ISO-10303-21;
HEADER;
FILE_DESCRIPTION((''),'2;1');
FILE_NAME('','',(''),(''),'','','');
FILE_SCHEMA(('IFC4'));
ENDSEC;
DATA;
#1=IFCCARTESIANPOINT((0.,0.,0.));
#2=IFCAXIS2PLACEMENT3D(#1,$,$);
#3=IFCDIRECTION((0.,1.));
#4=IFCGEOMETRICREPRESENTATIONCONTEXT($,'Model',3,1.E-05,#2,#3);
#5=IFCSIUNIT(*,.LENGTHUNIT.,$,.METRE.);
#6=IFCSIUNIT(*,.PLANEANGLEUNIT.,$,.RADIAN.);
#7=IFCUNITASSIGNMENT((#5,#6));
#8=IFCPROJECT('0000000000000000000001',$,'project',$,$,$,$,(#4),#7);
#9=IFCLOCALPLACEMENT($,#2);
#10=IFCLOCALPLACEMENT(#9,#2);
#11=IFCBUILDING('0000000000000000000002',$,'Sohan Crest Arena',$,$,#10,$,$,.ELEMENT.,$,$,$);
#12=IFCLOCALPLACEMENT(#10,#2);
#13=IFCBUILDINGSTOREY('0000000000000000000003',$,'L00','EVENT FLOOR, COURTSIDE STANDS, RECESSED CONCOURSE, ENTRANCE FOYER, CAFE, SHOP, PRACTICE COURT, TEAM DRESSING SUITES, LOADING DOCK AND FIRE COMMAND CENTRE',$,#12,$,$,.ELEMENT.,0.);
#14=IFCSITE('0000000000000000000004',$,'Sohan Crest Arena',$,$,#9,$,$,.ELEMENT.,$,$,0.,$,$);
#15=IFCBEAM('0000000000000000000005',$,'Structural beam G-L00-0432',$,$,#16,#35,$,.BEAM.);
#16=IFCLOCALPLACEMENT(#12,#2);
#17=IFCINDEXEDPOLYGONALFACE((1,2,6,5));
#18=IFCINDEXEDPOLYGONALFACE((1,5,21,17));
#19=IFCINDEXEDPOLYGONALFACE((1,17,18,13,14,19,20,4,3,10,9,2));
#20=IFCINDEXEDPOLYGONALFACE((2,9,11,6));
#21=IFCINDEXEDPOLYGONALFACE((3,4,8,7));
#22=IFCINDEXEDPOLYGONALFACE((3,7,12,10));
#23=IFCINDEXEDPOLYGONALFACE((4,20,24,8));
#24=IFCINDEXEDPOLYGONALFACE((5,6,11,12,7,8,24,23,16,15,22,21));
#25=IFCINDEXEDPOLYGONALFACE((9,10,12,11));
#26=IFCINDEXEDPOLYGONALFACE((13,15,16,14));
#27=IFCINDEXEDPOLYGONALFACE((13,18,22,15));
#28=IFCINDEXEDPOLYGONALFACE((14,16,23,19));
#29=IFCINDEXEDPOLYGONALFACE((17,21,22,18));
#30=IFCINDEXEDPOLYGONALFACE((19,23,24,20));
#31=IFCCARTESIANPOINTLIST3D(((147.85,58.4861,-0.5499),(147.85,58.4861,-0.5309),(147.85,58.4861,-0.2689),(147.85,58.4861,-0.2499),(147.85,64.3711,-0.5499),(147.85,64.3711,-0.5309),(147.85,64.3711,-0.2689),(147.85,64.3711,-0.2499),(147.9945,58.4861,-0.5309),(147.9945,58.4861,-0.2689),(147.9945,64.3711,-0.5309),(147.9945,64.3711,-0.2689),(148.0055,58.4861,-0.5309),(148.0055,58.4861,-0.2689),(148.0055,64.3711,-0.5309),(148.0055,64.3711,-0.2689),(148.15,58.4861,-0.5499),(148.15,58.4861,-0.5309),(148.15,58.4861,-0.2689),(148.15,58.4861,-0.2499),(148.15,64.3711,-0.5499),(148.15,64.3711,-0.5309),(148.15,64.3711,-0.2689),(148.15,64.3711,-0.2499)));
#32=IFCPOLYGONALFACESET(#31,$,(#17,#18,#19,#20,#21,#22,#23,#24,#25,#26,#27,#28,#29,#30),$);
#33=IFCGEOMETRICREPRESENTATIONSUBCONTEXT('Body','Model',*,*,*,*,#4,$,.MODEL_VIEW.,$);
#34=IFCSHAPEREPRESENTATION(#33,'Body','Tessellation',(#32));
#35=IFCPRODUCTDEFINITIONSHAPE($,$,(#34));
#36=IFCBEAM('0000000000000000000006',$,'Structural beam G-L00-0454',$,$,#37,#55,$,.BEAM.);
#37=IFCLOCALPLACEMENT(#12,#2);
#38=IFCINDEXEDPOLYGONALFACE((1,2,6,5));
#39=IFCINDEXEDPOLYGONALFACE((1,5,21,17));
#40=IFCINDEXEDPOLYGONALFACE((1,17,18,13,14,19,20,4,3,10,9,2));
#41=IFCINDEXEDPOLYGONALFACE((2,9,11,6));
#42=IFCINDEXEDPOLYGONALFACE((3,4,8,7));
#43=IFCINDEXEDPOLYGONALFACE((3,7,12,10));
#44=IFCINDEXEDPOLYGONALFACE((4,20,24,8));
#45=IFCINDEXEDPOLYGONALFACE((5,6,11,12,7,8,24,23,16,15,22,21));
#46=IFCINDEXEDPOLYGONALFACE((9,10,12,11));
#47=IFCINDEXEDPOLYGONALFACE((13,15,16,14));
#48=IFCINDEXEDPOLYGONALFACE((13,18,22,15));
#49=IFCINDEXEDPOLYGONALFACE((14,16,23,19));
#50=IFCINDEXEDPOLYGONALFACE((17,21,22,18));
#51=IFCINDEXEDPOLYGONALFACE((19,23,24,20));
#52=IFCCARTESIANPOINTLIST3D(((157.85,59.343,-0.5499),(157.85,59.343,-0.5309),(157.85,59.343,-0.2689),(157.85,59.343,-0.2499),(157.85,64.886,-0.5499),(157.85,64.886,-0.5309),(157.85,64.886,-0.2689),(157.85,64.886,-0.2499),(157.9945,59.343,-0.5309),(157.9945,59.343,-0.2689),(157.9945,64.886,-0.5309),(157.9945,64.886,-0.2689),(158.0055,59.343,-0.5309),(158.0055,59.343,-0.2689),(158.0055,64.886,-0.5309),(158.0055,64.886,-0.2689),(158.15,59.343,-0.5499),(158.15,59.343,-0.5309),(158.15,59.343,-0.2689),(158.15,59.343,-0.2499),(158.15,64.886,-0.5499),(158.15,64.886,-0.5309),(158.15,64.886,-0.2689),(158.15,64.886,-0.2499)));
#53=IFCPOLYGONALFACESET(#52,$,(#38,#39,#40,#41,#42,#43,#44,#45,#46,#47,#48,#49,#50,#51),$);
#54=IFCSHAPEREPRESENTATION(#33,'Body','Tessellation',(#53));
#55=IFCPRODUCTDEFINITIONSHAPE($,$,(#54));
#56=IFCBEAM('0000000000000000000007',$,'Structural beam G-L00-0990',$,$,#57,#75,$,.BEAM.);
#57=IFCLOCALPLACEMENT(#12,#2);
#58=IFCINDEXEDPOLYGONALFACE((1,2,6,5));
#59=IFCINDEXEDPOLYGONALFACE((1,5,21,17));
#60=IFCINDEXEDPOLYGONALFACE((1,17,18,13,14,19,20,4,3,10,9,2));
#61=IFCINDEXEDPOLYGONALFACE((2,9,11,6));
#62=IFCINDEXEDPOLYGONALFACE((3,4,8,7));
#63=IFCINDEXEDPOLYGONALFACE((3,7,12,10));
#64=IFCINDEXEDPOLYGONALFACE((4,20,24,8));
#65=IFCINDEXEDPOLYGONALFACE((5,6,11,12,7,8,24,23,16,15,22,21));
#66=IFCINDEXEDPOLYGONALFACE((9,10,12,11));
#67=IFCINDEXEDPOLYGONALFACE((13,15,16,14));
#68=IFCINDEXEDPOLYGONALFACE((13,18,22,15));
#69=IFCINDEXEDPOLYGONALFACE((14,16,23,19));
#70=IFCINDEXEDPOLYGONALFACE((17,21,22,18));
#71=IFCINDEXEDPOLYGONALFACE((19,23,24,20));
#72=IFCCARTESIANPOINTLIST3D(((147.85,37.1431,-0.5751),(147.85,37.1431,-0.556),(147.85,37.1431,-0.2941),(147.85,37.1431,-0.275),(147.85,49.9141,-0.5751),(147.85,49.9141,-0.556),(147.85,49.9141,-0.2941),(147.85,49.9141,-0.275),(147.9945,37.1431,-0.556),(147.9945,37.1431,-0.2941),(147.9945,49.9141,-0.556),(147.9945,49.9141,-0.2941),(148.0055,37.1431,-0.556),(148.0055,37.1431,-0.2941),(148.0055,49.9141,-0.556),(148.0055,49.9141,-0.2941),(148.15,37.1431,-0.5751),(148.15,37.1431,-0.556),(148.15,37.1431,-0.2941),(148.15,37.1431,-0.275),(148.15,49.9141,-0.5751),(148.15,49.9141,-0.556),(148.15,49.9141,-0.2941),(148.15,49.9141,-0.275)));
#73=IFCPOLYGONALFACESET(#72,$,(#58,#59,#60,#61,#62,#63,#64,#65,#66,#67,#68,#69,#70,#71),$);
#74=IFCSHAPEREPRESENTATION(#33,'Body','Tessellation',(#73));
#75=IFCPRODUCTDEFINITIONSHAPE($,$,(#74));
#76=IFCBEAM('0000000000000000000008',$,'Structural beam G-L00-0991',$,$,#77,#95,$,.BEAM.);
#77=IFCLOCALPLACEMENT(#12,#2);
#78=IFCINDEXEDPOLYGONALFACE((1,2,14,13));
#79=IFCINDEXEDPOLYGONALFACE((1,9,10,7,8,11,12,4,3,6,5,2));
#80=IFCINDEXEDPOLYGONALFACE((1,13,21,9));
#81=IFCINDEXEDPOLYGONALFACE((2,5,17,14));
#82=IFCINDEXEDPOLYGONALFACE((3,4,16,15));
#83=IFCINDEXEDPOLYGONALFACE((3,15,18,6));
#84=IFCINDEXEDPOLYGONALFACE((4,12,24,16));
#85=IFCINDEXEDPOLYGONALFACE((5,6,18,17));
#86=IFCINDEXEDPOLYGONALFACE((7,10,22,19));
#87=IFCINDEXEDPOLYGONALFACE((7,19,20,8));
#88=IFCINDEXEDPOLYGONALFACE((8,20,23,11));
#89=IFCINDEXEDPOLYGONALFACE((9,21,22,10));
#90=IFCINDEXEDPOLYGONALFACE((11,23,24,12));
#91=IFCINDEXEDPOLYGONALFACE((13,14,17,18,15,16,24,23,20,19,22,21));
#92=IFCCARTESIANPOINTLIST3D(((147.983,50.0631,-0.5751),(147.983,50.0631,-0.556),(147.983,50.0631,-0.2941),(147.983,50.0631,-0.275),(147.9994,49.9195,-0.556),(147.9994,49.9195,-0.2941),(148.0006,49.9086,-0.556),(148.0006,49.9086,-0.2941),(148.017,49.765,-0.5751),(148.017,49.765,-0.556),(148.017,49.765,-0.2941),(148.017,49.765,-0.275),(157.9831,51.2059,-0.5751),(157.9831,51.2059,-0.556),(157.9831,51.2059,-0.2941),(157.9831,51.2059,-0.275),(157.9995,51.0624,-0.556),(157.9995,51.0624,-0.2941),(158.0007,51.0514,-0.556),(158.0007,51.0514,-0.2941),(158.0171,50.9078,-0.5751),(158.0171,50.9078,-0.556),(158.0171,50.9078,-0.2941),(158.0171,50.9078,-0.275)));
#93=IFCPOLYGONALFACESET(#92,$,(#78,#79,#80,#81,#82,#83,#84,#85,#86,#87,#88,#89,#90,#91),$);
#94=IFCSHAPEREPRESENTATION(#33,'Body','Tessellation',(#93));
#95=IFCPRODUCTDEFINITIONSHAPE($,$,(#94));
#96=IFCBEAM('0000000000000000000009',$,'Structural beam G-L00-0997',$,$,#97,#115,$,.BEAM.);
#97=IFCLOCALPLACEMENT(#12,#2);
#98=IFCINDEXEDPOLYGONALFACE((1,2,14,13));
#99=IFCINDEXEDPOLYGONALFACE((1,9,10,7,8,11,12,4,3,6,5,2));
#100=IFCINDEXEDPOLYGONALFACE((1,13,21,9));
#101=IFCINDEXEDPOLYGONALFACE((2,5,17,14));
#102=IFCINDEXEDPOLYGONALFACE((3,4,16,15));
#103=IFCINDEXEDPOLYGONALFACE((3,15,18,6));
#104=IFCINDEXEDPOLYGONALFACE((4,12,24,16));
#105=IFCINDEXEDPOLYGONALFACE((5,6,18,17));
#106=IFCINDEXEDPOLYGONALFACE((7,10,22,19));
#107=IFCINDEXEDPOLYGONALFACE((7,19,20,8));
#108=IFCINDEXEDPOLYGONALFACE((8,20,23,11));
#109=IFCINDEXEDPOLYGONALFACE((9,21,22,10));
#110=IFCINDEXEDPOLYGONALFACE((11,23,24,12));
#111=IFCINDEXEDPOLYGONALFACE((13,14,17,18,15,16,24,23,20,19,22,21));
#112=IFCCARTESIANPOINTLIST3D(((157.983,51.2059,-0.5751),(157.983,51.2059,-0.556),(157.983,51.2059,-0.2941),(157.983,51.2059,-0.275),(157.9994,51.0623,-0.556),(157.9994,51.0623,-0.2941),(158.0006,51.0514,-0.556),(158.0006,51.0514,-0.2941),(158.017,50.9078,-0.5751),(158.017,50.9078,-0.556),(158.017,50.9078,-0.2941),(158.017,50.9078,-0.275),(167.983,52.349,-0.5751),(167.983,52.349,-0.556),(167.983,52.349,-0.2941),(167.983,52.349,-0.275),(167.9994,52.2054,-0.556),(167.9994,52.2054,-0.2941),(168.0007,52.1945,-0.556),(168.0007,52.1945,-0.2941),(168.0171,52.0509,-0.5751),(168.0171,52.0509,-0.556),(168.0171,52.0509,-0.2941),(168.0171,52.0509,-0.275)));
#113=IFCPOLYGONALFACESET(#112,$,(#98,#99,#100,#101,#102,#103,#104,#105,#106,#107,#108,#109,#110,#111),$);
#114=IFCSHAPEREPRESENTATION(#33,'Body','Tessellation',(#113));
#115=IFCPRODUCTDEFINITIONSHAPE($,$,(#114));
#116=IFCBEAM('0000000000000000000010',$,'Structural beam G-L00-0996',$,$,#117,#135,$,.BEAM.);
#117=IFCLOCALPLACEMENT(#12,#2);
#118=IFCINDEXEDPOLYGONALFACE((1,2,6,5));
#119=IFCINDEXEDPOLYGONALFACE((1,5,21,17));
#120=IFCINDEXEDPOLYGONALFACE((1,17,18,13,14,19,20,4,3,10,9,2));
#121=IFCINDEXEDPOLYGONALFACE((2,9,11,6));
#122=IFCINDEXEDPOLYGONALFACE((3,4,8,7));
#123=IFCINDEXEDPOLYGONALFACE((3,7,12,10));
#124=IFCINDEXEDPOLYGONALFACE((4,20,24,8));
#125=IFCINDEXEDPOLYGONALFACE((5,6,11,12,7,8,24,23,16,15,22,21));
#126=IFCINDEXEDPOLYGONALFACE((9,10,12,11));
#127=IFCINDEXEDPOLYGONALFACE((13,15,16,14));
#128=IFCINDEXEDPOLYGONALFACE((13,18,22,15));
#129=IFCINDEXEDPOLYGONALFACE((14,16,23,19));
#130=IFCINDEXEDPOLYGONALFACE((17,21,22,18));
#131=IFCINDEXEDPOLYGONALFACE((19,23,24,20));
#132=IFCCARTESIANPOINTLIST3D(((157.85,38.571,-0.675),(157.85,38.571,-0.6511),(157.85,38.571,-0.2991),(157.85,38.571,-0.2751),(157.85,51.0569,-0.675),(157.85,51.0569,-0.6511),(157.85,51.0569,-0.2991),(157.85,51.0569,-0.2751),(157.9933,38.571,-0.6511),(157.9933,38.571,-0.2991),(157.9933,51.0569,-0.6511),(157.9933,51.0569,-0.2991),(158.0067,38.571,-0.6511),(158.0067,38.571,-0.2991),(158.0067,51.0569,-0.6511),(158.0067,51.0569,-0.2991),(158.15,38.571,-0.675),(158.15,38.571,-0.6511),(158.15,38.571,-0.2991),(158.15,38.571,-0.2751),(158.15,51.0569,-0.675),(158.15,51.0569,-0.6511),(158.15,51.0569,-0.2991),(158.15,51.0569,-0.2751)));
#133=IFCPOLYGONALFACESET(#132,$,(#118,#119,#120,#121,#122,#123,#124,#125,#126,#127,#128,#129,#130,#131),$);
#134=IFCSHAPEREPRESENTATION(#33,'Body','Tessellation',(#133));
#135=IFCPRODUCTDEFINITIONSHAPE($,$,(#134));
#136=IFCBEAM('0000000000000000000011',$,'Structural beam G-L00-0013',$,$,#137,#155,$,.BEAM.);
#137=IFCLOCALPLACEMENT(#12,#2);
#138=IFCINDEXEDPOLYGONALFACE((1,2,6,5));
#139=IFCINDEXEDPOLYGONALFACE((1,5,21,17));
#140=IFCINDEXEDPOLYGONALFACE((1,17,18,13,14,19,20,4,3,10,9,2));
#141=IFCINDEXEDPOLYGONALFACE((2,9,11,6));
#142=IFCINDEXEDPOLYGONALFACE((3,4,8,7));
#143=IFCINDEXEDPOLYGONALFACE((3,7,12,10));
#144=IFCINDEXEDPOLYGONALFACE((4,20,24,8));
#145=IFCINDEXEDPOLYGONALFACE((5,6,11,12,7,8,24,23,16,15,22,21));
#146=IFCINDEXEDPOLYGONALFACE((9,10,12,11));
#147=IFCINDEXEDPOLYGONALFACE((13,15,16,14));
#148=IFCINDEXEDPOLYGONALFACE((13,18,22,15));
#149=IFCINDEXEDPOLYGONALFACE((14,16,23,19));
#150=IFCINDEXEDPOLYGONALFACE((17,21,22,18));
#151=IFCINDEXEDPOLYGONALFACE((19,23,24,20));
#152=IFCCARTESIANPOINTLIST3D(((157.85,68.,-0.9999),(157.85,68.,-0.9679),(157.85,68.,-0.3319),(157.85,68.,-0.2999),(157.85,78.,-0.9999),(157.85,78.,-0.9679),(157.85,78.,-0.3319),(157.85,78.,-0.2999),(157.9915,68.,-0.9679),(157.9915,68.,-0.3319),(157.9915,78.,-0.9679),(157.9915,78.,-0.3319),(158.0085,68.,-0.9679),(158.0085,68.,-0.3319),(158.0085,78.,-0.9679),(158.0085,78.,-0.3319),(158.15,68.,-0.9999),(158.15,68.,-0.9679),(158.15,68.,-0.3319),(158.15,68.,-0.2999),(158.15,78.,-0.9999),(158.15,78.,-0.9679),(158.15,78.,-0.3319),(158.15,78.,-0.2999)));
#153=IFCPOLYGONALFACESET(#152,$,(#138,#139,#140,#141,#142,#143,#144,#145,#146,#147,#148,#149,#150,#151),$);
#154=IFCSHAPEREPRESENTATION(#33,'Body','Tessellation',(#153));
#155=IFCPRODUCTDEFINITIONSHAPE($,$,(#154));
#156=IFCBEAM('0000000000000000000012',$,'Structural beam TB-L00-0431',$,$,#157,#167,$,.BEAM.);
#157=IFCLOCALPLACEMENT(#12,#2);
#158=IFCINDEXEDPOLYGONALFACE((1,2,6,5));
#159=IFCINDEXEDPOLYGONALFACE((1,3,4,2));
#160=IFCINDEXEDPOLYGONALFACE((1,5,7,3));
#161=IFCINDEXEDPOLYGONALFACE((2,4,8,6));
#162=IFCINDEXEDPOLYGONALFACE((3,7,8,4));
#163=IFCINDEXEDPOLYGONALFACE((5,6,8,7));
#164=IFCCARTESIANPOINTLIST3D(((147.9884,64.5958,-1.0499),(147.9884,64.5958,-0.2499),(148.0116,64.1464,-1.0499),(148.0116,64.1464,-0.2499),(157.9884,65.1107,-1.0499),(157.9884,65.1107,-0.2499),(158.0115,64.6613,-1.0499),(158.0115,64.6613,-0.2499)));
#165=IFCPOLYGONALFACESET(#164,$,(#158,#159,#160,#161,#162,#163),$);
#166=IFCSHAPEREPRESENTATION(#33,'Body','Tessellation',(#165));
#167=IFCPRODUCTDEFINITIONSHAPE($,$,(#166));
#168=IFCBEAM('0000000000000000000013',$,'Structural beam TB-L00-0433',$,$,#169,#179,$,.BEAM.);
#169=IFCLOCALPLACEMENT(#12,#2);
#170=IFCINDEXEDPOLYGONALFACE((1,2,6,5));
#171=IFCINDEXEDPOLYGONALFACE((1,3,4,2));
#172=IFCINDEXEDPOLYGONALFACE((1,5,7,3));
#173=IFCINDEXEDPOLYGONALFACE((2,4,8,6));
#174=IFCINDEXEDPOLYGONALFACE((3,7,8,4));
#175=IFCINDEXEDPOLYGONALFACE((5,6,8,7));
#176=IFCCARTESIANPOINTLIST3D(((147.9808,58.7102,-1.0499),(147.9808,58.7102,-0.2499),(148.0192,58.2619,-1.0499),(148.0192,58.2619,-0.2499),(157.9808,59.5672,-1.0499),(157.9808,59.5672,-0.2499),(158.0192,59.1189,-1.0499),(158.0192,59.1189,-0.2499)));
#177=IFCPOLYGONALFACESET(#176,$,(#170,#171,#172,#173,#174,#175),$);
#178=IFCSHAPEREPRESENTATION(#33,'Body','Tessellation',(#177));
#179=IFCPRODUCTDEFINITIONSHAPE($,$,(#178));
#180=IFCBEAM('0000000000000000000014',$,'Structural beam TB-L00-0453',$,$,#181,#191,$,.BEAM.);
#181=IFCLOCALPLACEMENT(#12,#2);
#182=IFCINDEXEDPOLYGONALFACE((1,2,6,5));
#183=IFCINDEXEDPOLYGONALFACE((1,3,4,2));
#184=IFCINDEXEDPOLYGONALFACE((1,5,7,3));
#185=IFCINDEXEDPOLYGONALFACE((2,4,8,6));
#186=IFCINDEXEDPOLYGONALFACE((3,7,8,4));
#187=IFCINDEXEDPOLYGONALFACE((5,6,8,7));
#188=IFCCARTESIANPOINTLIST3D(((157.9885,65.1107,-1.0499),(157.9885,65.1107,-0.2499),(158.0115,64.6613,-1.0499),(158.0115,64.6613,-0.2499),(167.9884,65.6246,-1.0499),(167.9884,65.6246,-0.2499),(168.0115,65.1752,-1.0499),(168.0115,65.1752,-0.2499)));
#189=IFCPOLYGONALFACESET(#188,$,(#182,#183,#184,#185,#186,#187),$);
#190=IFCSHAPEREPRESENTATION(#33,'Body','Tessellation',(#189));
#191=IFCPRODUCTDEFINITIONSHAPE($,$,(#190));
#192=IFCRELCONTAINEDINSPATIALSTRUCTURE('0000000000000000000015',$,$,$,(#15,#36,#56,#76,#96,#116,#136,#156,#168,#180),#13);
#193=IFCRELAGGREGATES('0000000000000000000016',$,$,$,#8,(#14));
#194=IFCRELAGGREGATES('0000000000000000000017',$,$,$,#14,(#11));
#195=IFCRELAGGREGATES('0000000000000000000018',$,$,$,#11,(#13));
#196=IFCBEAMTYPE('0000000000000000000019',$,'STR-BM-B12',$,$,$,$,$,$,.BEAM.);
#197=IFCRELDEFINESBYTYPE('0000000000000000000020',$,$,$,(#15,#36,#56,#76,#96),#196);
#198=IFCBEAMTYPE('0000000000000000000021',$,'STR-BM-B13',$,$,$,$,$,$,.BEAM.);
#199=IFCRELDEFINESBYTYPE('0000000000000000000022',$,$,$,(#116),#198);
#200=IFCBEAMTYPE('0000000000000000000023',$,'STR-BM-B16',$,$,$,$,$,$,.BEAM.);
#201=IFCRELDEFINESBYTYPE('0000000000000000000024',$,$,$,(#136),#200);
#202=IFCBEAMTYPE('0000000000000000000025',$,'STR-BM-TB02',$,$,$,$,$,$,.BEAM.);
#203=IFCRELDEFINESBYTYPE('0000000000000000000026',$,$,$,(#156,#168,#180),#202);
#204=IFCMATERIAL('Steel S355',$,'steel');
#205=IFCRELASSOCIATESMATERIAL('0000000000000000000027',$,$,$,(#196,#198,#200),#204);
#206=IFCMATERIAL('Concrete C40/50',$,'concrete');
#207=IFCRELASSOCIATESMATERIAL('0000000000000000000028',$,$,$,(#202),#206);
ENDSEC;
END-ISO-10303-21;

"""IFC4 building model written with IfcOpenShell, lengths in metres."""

from ifc_helpers import new_model, si_unit, direction, frame, origin, origin_2d, place, context, subcontext, project, spatial, rectangle, i_section, extrude, material, material_profile, profile_set, type_object, element, save


model = new_model("IFC4")

# Units and contexts
model_context = context("Model", 3, precision=1e-05, world=origin(), true_north=direction((0.0, 1.0)))
body_context = subcontext(model_context, "Body", "Model", "MODEL_VIEW")
ifc_project = project(units=[si_unit("LENGTHUNIT", "METRE"), si_unit("PLANEANGLEUNIT", "RADIAN")], contexts=[model_context])

# Site, building, storey
site_placement = place(None, origin())
site = spatial("IfcSite", under=ifc_project, at=site_placement, Name="Sohan Crest Arena", CompositionType="ELEMENT", RefElevation=0.0)
building_placement = place(site_placement, origin())
building = spatial("IfcBuilding", under=site, at=building_placement, Name="Sohan Crest Arena", CompositionType="ELEMENT")
storey_placement = place(building_placement, origin())
storey = spatial("IfcBuildingStorey", under=building, at=storey_placement, Name="L00", Description="EVENT FLOOR, COURTSIDE STANDS, RECESSED CONCOURSE, ENTRANCE FOYER, CAFE, SHOP, PRACTICE COURT, TEAM DRESSING SUITES, LOADING DOCK AND FIRE COMMAND CENTRE", CompositionType="ELEMENT", Elevation=0.0)

# Shared definitions
ifc_material_1 = material(Name="Concrete C40/50", Category="concrete")
ifc_material_2 = material(Name="Steel S355", Category="steel")

# Beams
ifc_material_profile_1 = material_profile(ifc_material_2, i_section(OverallWidth=0.3, OverallDepth=0.3, WebThickness=0.011, FlangeThickness=0.019, at=origin_2d()), Name="HEB 300")
ifc_profile_set_1 = profile_set([ifc_material_profile_1], Name="Steel S355")
beam_type_1 = type_object("IfcBeamType", Name="STR-BM-B12", PredefinedType="BEAM", material=ifc_profile_set_1)
beam_1_placement = place(storey_placement, frame((148.0, 64.3711, -0.3999), z_axis=(0.0, -1.0, 0.0), x_axis=(1.0, 0.0, 0.0)))
element("IfcBeam", 1, at=beam_1_placement, inside=storey, type_object=beam_type_1, Name="Structural beam G-L00-0432", PredefinedType="BEAM", context=body_context, shape_type="SweptSolid", body=[
    extrude(i_section(OverallWidth=0.3, OverallDepth=0.3, WebThickness=0.011, FlangeThickness=0.019, at=origin_2d()), origin(), (0.0, 0.0, 1.0), 5.885),
])
beam_2_placement = place(storey_placement, frame((158.0, 64.886, -0.3999), z_axis=(0.0, -1.0, 0.0), x_axis=(1.0, 0.0, 0.0)))
element("IfcBeam", 2, at=beam_2_placement, inside=storey, type_object=beam_type_1, Name="Structural beam G-L00-0454", PredefinedType="BEAM", context=body_context, shape_type="SweptSolid", body=[
    extrude(i_section(OverallWidth=0.3, OverallDepth=0.3, WebThickness=0.011, FlangeThickness=0.019, at=origin_2d()), origin(), (0.0, 0.0, 1.0), 5.543),
])
beam_3_placement = place(storey_placement, frame((148.0, 49.9141, -0.425), z_axis=(0.0, -1.0, 0.0), x_axis=(1.0, 0.0, 0.0)))
element("IfcBeam", 3, at=beam_3_placement, inside=storey, type_object=beam_type_1, Name="Structural beam G-L00-0990", PredefinedType="BEAM", context=body_context, shape_type="SweptSolid", body=[
    extrude(i_section(OverallWidth=0.3, OverallDepth=0.3, WebThickness=0.011, FlangeThickness=0.019, at=origin_2d()), origin(), (0.0, 0.0, 1.0), 12.771),
])
for number, where, z_axis, x_axis, name in (
    (4, (148.0, 49.9141, -0.425), (0.993533, 0.113543, 0.0), (-0.113543, 0.993533, 0.0), "Structural beam G-L00-0991"),
    (5, (158.0, 51.0569, -0.425), (0.99353, 0.113567, 0.0), (-0.113567, 0.99353, 0.0), "Structural beam G-L00-0997"),
):
    element("IfcBeam", number, at=place(storey_placement, frame(where, z_axis=z_axis, x_axis=x_axis)), inside=storey, type_object=beam_type_1, Name=name, PredefinedType="BEAM", context=body_context, shape_type="SweptSolid", body=[
        extrude(i_section(OverallWidth=0.3, OverallDepth=0.3, WebThickness=0.011, FlangeThickness=0.019, at=origin_2d()), origin(), (0.0, 0.0, 1.0), 10.0652),
    ])
ifc_material_profile_2 = material_profile(ifc_material_2, i_section(OverallWidth=0.3, OverallDepth=0.3999, WebThickness=0.0134, FlangeThickness=0.0239, at=origin_2d()), Name="HEB 400")
ifc_profile_set_2 = profile_set([ifc_material_profile_2], Name="Steel S355")
beam_type_2 = type_object("IfcBeamType", Name="STR-BM-B13", PredefinedType="BEAM", material=ifc_profile_set_2)
beam_4_placement = place(storey_placement, frame((158.0, 51.0569, -0.4751), z_axis=(0.0, -1.0, 0.0), x_axis=(1.0, 0.0, 0.0)))
element("IfcBeam", 6, at=beam_4_placement, inside=storey, type_object=beam_type_2, Name="Structural beam G-L00-0996", PredefinedType="BEAM", context=body_context, shape_type="SweptSolid", body=[
    extrude(i_section(OverallWidth=0.3, OverallDepth=0.3999, WebThickness=0.0134, FlangeThickness=0.0239, at=origin_2d()), origin(), (0.0, 0.0, 1.0), 12.4858),
])
ifc_material_profile_3 = material_profile(ifc_material_2, i_section(OverallWidth=0.3, OverallDepth=0.7, WebThickness=0.0171, FlangeThickness=0.032, at=origin_2d()), Name="HEB 700")
ifc_profile_set_3 = profile_set([ifc_material_profile_3], Name="Steel S355")
beam_type_3 = type_object("IfcBeamType", Name="STR-BM-B16", PredefinedType="BEAM", material=ifc_profile_set_3)
beam_5_placement = place(storey_placement, frame((158.0, 68.0, -0.6499), z_axis=(0.0, 1.0, 0.0), x_axis=(-1.0, 0.0, 0.0)))
element("IfcBeam", 7, at=beam_5_placement, inside=storey, type_object=beam_type_3, Name="Structural beam G-L00-0013", PredefinedType="BEAM", context=body_context, shape_type="SweptSolid", body=[
    extrude(i_section(OverallWidth=0.3, OverallDepth=0.7, WebThickness=0.0171, FlangeThickness=0.032, at=origin_2d()), origin(), (0.0, 0.0, 1.0), 10.0),
])
ifc_material_profile_4 = material_profile(ifc_material_1, rectangle(XDim=0.45, YDim=0.8, at=origin_2d()), Name="RC-BM 450x800")
ifc_profile_set_4 = profile_set([ifc_material_profile_4], Name="Concrete C40/50")
beam_type_4 = type_object("IfcBeamType", Name="STR-BM-TB02", PredefinedType="BEAM", material=ifc_profile_set_4)
beam_6_placement = place(storey_placement, frame((148.0, 64.3711, -0.6499), z_axis=(0.998677, 0.051421, 0.0), x_axis=(-0.051421, 0.998677, 0.0)))
element("IfcBeam", 8, at=beam_6_placement, inside=storey, type_object=beam_type_4, Name="Structural beam TB-L00-0431", PredefinedType="BEAM", context=body_context, shape_type="SweptSolid", body=[
    extrude(rectangle(XDim=0.45, YDim=0.8, at=origin_2d()), origin(), (0.0, 0.0, 1.0), 10.0132),
])
beam_7_placement = place(storey_placement, frame((148.0, 58.4861, -0.6499), z_axis=(0.996348, 0.08538, 0.0), x_axis=(-0.08538, 0.996348, 0.0)))
element("IfcBeam", 9, at=beam_7_placement, inside=storey, type_object=beam_type_4, Name="Structural beam TB-L00-0433", PredefinedType="BEAM", context=body_context, shape_type="SweptSolid", body=[
    extrude(rectangle(XDim=0.45, YDim=0.8, at=origin_2d()), origin(), (0.0, 0.0, 1.0), 10.0366),
])
beam_8_placement = place(storey_placement, frame((158.0, 64.886, -0.6499), z_axis=(0.998682, 0.051324, 0.0), x_axis=(-0.051324, 0.998682, 0.0)))
element("IfcBeam", 10, at=beam_8_placement, inside=storey, type_object=beam_type_4, Name="Structural beam TB-L00-0453", PredefinedType="BEAM", context=body_context, shape_type="SweptSolid", body=[
    extrude(rectangle(XDim=0.45, YDim=0.8, at=origin_2d()), origin(), (0.0, 0.0, 1.0), 10.0132),
])

save(model, "model.ifc")
